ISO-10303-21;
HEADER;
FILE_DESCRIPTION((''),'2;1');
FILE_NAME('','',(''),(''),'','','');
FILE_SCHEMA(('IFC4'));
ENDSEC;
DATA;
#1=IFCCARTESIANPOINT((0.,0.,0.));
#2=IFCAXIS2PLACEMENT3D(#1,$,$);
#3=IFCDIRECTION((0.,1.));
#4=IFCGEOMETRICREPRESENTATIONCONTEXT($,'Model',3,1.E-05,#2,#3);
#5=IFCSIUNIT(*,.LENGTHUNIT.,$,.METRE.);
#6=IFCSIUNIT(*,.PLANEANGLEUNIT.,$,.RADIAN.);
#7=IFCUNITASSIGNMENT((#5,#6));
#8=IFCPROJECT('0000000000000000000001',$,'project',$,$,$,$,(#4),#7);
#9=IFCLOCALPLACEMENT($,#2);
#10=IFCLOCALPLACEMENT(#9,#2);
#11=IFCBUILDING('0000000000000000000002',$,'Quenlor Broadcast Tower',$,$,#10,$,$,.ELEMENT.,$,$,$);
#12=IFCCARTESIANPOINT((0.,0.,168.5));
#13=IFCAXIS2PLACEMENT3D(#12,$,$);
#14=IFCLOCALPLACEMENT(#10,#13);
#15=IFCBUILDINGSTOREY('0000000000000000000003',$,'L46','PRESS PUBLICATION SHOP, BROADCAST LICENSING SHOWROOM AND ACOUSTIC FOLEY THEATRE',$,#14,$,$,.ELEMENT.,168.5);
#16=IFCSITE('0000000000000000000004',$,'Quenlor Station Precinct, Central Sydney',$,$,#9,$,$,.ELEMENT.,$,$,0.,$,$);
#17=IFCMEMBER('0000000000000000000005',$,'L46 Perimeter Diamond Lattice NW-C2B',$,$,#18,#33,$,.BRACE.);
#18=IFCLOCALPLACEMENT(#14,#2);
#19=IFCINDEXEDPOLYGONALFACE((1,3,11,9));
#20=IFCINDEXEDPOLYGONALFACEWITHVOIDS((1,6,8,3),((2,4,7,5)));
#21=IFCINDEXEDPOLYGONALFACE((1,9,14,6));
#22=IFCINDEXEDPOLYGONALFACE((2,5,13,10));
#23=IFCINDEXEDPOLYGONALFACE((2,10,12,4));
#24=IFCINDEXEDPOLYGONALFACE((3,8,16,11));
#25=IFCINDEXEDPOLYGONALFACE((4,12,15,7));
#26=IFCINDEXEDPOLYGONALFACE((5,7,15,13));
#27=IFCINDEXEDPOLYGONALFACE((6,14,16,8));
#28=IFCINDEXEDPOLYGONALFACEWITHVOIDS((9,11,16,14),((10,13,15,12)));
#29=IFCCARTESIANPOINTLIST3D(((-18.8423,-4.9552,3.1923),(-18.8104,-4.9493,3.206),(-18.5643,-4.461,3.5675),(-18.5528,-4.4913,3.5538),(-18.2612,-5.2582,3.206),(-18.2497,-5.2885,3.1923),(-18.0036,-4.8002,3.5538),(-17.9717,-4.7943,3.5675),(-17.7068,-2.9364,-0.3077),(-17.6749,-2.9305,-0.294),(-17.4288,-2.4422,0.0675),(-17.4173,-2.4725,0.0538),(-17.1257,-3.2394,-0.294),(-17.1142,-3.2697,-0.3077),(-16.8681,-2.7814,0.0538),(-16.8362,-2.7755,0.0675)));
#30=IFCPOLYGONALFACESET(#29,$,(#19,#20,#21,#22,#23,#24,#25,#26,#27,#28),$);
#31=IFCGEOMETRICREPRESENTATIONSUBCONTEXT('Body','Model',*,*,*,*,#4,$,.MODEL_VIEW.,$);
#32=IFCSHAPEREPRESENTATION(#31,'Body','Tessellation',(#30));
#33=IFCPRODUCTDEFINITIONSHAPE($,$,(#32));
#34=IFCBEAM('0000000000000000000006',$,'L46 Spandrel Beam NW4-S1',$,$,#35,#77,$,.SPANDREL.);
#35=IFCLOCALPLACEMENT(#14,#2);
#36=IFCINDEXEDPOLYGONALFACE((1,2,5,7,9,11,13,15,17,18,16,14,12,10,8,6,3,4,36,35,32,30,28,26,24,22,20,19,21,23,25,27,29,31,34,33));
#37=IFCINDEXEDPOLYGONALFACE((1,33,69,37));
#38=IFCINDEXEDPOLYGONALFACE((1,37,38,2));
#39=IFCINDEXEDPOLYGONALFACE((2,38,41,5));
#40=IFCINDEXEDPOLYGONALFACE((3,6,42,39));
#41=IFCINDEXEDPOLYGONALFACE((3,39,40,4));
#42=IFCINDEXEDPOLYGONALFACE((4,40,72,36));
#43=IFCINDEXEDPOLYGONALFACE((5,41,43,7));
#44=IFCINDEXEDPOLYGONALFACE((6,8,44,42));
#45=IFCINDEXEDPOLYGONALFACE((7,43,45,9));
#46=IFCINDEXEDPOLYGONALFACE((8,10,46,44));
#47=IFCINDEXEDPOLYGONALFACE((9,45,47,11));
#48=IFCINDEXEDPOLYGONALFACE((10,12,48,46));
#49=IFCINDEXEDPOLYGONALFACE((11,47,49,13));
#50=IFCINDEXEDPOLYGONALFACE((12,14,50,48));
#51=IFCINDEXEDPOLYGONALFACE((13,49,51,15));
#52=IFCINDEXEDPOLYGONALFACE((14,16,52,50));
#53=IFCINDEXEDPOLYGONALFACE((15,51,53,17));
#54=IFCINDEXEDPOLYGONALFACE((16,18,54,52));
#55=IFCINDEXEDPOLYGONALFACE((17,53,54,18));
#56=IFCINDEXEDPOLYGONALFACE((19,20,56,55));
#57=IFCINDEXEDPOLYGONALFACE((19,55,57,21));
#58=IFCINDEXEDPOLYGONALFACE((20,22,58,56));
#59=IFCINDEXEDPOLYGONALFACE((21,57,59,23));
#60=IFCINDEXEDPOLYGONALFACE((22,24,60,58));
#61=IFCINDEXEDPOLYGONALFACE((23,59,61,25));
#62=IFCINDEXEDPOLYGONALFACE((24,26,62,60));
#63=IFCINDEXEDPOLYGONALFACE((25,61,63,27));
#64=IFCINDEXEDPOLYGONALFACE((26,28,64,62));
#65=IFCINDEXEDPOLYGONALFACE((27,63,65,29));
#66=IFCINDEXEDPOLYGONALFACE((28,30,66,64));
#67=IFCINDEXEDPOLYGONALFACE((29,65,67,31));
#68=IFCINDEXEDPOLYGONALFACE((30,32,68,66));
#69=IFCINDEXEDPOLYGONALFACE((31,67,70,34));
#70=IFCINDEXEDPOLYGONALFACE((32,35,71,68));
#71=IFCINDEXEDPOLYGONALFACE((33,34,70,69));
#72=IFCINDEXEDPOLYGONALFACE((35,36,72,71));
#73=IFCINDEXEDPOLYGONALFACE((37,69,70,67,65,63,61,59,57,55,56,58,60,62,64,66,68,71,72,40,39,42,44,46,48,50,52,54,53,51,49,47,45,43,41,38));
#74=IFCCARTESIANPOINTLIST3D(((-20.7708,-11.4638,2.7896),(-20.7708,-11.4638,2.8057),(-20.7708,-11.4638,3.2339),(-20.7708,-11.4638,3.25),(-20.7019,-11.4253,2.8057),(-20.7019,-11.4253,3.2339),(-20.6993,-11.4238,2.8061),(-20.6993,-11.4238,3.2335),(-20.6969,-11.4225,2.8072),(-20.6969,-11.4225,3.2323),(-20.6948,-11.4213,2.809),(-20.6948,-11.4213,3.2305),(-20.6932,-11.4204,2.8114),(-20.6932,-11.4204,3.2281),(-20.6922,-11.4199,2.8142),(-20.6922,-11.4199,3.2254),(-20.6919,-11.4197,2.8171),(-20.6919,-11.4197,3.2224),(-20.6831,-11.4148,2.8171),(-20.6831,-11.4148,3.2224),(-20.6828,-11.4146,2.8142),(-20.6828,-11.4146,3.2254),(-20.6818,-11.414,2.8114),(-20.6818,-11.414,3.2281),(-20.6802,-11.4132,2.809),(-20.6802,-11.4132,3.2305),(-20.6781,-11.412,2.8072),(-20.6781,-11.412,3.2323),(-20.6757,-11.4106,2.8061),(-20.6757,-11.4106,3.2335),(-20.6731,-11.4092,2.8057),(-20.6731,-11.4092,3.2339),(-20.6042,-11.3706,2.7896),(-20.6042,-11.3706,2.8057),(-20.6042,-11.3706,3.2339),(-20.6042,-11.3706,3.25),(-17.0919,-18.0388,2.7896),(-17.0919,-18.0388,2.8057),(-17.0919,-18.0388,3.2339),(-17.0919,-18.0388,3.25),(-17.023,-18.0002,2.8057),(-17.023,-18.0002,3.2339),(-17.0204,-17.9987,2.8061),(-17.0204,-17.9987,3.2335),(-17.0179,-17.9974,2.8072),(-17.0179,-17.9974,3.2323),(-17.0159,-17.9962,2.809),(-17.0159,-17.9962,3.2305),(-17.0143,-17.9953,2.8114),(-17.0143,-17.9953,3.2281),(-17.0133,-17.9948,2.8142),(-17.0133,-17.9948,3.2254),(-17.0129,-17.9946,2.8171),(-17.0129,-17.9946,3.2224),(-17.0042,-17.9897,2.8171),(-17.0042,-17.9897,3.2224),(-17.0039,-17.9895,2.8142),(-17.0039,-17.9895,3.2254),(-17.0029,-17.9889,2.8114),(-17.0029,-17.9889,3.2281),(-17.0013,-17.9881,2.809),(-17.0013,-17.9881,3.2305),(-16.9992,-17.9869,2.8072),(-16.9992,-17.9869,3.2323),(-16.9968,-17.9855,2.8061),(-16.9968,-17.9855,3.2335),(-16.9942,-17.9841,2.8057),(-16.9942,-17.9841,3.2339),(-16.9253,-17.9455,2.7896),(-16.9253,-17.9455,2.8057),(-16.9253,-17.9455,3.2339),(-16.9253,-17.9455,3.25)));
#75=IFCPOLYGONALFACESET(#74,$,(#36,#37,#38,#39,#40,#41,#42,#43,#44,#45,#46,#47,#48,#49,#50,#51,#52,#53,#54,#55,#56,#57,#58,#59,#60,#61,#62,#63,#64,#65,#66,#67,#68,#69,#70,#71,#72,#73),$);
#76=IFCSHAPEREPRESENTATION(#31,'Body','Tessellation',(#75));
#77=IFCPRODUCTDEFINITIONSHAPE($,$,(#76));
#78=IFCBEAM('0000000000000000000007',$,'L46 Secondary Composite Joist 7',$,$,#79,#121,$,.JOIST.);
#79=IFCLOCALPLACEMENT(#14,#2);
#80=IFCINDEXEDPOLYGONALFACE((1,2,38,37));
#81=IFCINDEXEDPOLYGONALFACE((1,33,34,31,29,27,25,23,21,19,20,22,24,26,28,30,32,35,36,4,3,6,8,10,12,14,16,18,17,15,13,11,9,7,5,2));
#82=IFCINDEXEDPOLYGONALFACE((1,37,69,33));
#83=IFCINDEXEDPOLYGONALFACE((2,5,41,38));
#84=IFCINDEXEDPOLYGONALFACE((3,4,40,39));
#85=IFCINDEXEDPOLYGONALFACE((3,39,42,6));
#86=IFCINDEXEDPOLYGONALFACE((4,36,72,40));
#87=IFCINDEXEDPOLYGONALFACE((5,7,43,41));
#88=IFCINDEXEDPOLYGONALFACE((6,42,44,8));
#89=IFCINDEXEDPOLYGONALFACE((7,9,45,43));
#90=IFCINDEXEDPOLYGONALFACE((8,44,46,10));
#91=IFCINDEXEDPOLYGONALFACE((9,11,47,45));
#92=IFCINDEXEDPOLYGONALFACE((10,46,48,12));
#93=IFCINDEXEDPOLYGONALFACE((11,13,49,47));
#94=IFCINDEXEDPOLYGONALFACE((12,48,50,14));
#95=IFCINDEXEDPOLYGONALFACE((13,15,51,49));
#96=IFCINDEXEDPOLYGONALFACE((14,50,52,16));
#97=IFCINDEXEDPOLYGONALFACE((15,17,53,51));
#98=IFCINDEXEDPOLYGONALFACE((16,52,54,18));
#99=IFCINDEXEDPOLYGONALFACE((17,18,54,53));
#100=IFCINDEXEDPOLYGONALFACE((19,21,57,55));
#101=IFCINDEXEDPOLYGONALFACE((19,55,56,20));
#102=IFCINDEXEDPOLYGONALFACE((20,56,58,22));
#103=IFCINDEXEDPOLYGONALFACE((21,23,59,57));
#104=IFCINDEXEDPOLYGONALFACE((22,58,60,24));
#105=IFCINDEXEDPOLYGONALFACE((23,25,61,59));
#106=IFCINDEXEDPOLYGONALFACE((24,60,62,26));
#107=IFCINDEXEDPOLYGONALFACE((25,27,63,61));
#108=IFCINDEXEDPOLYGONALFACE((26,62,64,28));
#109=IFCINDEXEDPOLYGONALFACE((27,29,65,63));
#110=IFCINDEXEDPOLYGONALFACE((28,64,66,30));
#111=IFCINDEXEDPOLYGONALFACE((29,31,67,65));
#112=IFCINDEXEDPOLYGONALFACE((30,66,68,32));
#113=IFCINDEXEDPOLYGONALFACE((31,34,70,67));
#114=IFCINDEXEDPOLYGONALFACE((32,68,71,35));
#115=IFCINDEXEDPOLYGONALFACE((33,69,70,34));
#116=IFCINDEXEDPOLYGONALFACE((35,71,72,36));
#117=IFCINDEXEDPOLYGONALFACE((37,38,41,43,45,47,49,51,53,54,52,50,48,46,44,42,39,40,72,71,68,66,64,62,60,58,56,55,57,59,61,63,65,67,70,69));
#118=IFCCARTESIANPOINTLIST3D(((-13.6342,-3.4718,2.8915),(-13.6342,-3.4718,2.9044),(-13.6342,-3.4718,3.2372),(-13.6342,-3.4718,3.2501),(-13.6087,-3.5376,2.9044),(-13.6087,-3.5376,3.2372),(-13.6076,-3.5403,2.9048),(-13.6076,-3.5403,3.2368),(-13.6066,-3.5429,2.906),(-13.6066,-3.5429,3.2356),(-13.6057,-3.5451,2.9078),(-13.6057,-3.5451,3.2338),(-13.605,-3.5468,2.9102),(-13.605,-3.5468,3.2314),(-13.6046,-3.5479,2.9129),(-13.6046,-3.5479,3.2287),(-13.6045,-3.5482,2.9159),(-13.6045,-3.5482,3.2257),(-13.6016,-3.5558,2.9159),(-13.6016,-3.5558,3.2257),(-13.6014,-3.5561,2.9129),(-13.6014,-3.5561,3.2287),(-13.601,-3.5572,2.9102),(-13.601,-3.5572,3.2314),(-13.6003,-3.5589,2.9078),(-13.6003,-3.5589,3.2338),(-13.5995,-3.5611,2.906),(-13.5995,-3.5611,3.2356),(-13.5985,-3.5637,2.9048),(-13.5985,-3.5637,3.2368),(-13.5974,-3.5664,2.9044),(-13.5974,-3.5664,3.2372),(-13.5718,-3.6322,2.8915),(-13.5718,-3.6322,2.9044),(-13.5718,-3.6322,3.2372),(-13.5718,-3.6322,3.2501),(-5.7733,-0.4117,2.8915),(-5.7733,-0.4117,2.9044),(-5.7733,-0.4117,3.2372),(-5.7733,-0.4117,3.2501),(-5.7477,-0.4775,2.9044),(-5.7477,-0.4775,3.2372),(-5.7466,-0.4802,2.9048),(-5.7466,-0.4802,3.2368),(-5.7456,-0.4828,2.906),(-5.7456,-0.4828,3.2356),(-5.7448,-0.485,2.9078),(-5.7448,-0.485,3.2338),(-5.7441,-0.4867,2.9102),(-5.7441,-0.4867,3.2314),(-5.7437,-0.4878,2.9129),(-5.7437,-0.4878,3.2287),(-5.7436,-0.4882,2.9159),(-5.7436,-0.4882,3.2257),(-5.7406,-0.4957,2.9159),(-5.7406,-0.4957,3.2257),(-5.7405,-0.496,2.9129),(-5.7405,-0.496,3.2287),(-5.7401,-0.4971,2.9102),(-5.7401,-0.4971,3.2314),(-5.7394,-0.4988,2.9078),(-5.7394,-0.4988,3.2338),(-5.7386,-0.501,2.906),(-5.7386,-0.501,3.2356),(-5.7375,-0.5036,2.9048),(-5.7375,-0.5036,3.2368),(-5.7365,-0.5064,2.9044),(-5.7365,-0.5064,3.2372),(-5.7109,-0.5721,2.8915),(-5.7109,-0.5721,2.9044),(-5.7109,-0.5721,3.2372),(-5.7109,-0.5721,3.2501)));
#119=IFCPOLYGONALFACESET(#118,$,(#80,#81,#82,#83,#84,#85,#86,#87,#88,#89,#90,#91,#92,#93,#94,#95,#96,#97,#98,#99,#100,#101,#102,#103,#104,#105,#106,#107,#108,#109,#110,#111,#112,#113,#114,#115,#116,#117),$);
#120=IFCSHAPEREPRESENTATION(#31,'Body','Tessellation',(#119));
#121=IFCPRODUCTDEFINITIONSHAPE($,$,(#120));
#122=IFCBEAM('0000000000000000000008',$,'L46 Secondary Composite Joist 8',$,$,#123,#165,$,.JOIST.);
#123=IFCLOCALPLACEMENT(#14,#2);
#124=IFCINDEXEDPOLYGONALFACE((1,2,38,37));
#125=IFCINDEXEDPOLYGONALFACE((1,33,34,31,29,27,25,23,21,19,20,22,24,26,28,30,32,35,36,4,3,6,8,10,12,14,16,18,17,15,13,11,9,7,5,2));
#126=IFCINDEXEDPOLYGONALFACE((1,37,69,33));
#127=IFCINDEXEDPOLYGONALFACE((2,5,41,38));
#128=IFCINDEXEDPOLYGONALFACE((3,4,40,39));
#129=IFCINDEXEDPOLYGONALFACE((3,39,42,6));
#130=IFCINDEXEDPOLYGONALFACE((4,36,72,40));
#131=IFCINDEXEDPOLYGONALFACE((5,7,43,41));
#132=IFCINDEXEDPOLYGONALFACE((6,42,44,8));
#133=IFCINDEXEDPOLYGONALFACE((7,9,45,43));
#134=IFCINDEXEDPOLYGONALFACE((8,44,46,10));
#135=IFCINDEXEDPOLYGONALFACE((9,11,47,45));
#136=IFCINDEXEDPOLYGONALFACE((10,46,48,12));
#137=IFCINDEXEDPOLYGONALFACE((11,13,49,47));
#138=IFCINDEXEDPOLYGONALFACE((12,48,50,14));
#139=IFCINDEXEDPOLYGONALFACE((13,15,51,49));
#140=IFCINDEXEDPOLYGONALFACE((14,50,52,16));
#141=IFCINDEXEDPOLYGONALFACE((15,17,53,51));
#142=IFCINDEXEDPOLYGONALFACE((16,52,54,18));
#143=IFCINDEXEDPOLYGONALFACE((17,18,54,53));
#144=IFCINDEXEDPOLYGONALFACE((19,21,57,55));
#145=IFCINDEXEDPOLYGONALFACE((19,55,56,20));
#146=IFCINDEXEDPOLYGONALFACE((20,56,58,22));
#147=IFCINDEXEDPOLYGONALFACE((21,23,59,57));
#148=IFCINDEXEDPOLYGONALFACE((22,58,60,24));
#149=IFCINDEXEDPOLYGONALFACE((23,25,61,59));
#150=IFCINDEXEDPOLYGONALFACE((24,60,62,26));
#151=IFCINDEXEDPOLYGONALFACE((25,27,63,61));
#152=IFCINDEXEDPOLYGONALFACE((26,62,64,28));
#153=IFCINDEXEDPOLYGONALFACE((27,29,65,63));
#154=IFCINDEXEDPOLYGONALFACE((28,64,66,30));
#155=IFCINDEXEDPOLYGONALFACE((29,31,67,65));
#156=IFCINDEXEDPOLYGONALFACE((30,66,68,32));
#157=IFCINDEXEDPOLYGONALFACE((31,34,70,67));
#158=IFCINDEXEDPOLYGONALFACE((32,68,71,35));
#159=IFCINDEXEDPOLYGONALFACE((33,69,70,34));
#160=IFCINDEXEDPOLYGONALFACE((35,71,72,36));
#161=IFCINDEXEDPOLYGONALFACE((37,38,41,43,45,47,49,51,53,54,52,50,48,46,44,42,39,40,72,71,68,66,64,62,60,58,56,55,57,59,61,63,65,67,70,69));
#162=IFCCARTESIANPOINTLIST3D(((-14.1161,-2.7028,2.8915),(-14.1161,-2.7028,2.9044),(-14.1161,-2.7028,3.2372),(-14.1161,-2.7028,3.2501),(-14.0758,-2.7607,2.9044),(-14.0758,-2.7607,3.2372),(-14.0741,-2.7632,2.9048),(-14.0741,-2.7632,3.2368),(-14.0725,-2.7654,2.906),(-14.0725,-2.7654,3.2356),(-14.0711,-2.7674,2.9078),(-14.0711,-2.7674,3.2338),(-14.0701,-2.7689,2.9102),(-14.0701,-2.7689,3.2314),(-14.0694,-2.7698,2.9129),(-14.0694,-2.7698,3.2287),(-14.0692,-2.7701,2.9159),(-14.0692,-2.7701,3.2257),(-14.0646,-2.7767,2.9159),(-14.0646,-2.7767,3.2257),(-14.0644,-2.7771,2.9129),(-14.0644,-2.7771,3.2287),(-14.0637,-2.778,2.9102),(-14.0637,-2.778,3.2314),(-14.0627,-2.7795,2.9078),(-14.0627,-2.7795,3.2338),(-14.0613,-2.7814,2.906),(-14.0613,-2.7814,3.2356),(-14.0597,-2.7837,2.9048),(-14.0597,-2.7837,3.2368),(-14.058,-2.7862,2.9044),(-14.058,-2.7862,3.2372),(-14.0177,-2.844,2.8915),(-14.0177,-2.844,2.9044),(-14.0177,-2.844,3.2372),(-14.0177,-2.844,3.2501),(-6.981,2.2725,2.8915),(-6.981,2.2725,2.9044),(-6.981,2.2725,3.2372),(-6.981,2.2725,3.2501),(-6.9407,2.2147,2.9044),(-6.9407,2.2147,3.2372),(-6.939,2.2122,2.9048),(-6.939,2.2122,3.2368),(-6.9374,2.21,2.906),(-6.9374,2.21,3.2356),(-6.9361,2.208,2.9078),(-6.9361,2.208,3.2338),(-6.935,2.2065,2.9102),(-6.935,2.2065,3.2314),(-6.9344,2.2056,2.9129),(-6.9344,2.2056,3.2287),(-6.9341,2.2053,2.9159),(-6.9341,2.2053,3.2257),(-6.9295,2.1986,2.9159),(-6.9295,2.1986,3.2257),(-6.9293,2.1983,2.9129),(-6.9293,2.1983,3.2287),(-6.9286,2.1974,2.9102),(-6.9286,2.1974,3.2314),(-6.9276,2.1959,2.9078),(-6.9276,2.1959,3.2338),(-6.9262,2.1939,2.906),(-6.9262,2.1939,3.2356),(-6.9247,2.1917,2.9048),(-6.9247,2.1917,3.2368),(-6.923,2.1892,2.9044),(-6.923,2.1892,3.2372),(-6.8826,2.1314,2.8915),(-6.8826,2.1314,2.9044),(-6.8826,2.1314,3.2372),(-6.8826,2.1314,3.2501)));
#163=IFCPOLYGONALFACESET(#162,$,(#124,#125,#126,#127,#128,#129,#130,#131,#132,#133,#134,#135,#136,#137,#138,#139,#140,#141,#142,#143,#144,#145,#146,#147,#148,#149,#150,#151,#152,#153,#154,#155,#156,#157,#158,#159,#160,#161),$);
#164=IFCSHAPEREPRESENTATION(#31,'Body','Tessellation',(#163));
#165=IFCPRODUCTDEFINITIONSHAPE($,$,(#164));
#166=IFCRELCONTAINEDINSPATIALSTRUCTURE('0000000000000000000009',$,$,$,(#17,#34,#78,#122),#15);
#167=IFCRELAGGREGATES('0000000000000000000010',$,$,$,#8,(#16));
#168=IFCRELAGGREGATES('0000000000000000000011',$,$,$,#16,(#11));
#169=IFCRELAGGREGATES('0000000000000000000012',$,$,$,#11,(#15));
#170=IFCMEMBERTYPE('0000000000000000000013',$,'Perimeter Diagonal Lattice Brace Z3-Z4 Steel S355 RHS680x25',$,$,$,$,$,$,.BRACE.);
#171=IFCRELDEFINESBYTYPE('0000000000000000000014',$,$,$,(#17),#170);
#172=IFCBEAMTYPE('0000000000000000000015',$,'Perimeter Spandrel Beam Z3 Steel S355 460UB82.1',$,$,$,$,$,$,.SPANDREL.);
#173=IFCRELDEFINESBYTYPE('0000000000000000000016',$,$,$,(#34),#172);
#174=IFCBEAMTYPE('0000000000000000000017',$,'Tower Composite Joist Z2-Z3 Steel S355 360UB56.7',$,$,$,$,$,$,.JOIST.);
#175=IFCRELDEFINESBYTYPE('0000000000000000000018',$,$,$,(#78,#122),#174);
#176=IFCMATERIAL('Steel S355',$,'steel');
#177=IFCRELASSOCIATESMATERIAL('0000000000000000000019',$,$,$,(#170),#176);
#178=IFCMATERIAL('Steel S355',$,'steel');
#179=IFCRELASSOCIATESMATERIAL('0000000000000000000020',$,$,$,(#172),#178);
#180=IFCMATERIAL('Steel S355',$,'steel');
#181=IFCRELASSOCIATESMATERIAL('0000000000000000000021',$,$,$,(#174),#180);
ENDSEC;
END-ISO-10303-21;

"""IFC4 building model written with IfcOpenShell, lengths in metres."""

from ifc_helpers import new_model, si_unit, direction, frame, origin, origin_2d, place, context, subcontext, project, spatial, hollow_rectangle, i_section, extrude, material, material_profile, profile_set, type_object, element, save


model = new_model("IFC4")

# Units and contexts
model_context = context("Model", 3, precision=1e-05, world=origin(), true_north=direction((0.0, 1.0)))
body_context = subcontext(model_context, "Body", "Model", "MODEL_VIEW")
ifc_project = project(units=[si_unit("LENGTHUNIT", "METRE"), si_unit("PLANEANGLEUNIT", "RADIAN")], contexts=[model_context])

# Site, building, storey
site_placement = place(None, origin())
site = spatial("IfcSite", under=ifc_project, at=site_placement, Name="Quenlor Station Precinct, Central Sydney", CompositionType="ELEMENT", RefElevation=0.0)
building_placement = place(site_placement, origin())
building = spatial("IfcBuilding", under=site, at=building_placement, Name="Quenlor Broadcast Tower", CompositionType="ELEMENT")
storey_placement = place(building_placement, frame((0.0, 0.0, 168.5)))
storey = spatial("IfcBuildingStorey", under=building, at=storey_placement, Name="L46", Description="PRESS PUBLICATION SHOP, BROADCAST LICENSING SHOWROOM AND ACOUSTIC FOLEY THEATRE", CompositionType="ELEMENT", Elevation=168.5)

# Member
ifc_material_1 = material(Name="Steel S355", Category="steel")
ifc_material_profile_1 = material_profile(ifc_material_1, hollow_rectangle(XDim=0.6799, YDim=0.6799, WallThickness=0.0249, at=origin_2d()))
ifc_profile_set_1 = profile_set([ifc_material_profile_1], Name="Steel S355 RHS680x680x25")
member_type_1 = type_object("IfcMemberType", Name="Perimeter Diagonal Lattice Brace Z3-Z4 Steel S355 RHS680x25", PredefinedType="BRACE", material=ifc_profile_set_1)
for number, where, z_axis, x_axis, name in (
    (1, (-17.2715, -2.856, -0.1201), (-0.270549, -0.481009, 0.833927), (0.87159, -0.490236, 0.0), "L46 Perimeter Diamond Lattice NW-C2B"),
):
    element("IfcMember", number, at=place(storey_placement, frame(where, z_axis=z_axis, x_axis=x_axis)), inside=storey, type_object=member_type_1, Name=name, PredefinedType="BRACE", context=body_context, shape_type="SweptSolid", body=[
        extrude(hollow_rectangle(XDim=0.6799, YDim=0.6799, WallThickness=0.0249, at=origin_2d()), origin(), (0.0, 0.0, 1.0), 4.197),
    ])

# Beams
ifc_material_2 = material(Name="Steel S355", Category="steel")
ifc_material_profile_2 = material_profile(ifc_material_2, i_section(OverallWidth=0.1909, OverallDepth=0.4604, WebThickness=0.01, FlangeThickness=0.0161, FilletRadius=0.0115, at=origin_2d()))
ifc_profile_set_2 = profile_set([ifc_material_profile_2], Name="Steel S355 460UB82.1")
beam_type_1 = type_object("IfcBeamType", Name="Perimeter Spandrel Beam Z3 Steel S355 460UB82.1", PredefinedType="SPANDREL", material=ifc_profile_set_2)
beam_1_placement = place(storey_placement, frame((-20.6875, -11.4172, 3.0198), z_axis=(0.488298, -0.872677, 0.0), x_axis=(0.872677, 0.488298, 0.0)))
element("IfcBeam", 2, at=beam_1_placement, inside=storey, type_object=beam_type_1, Name="L46 Spandrel Beam NW4-S1", PredefinedType="SPANDREL", context=body_context, shape_type="SweptSolid", body=[
    extrude(i_section(OverallWidth=0.1909, OverallDepth=0.4604, WebThickness=0.01, FlangeThickness=0.0161, FilletRadius=0.0115, at=origin_2d()), origin(), (0.0, 0.0, 1.0), 7.5342),
])
ifc_material_3 = material(Name="Steel S355", Category="steel")
ifc_material_profile_3 = material_profile(ifc_material_3, i_section(OverallWidth=0.1721, OverallDepth=0.3586, WebThickness=0.0081, FlangeThickness=0.0129, FilletRadius=0.0115, at=origin_2d()))
ifc_profile_set_3 = profile_set([ifc_material_profile_3], Name="Steel S355 360UB56.7")
beam_type_2 = type_object("IfcBeamType", Name="Tower Composite Joist Z2-Z3 Steel S355 360UB56.7", PredefinedType="JOIST", material=ifc_profile_set_3)
beam_2_placement = place(storey_placement, frame((-13.603, -3.552, 3.0708), z_axis=(0.931882, 0.362762, 0.0), x_axis=(-0.362762, 0.931882, 0.0)))
element("IfcBeam", 3, at=beam_2_placement, inside=storey, type_object=beam_type_2, Name="L46 Secondary Composite Joist 7", PredefinedType="JOIST", context=body_context, shape_type="SweptSolid", body=[
    extrude(i_section(OverallWidth=0.1721, OverallDepth=0.3586, WebThickness=0.0081, FlangeThickness=0.0129, FilletRadius=0.0115, at=origin_2d()), origin(), (0.0, 0.0, 1.0), 8.4355),
])
beam_3_placement = place(storey_placement, frame((-14.0669, -2.7734, 3.0708), z_axis=(0.820266, 0.571983, 0.0), x_axis=(-0.571983, 0.820266, 0.0)))
element("IfcBeam", 4, at=beam_3_placement, inside=storey, type_object=beam_type_2, Name="L46 Secondary Composite Joist 8", PredefinedType="JOIST", context=body_context, shape_type="SweptSolid", body=[
    extrude(i_section(OverallWidth=0.1721, OverallDepth=0.3586, WebThickness=0.0081, FlangeThickness=0.0129, FilletRadius=0.0115, at=origin_2d()), origin(), (0.0, 0.0, 1.0), 8.6985),
])

save(model, "model.ifc")
